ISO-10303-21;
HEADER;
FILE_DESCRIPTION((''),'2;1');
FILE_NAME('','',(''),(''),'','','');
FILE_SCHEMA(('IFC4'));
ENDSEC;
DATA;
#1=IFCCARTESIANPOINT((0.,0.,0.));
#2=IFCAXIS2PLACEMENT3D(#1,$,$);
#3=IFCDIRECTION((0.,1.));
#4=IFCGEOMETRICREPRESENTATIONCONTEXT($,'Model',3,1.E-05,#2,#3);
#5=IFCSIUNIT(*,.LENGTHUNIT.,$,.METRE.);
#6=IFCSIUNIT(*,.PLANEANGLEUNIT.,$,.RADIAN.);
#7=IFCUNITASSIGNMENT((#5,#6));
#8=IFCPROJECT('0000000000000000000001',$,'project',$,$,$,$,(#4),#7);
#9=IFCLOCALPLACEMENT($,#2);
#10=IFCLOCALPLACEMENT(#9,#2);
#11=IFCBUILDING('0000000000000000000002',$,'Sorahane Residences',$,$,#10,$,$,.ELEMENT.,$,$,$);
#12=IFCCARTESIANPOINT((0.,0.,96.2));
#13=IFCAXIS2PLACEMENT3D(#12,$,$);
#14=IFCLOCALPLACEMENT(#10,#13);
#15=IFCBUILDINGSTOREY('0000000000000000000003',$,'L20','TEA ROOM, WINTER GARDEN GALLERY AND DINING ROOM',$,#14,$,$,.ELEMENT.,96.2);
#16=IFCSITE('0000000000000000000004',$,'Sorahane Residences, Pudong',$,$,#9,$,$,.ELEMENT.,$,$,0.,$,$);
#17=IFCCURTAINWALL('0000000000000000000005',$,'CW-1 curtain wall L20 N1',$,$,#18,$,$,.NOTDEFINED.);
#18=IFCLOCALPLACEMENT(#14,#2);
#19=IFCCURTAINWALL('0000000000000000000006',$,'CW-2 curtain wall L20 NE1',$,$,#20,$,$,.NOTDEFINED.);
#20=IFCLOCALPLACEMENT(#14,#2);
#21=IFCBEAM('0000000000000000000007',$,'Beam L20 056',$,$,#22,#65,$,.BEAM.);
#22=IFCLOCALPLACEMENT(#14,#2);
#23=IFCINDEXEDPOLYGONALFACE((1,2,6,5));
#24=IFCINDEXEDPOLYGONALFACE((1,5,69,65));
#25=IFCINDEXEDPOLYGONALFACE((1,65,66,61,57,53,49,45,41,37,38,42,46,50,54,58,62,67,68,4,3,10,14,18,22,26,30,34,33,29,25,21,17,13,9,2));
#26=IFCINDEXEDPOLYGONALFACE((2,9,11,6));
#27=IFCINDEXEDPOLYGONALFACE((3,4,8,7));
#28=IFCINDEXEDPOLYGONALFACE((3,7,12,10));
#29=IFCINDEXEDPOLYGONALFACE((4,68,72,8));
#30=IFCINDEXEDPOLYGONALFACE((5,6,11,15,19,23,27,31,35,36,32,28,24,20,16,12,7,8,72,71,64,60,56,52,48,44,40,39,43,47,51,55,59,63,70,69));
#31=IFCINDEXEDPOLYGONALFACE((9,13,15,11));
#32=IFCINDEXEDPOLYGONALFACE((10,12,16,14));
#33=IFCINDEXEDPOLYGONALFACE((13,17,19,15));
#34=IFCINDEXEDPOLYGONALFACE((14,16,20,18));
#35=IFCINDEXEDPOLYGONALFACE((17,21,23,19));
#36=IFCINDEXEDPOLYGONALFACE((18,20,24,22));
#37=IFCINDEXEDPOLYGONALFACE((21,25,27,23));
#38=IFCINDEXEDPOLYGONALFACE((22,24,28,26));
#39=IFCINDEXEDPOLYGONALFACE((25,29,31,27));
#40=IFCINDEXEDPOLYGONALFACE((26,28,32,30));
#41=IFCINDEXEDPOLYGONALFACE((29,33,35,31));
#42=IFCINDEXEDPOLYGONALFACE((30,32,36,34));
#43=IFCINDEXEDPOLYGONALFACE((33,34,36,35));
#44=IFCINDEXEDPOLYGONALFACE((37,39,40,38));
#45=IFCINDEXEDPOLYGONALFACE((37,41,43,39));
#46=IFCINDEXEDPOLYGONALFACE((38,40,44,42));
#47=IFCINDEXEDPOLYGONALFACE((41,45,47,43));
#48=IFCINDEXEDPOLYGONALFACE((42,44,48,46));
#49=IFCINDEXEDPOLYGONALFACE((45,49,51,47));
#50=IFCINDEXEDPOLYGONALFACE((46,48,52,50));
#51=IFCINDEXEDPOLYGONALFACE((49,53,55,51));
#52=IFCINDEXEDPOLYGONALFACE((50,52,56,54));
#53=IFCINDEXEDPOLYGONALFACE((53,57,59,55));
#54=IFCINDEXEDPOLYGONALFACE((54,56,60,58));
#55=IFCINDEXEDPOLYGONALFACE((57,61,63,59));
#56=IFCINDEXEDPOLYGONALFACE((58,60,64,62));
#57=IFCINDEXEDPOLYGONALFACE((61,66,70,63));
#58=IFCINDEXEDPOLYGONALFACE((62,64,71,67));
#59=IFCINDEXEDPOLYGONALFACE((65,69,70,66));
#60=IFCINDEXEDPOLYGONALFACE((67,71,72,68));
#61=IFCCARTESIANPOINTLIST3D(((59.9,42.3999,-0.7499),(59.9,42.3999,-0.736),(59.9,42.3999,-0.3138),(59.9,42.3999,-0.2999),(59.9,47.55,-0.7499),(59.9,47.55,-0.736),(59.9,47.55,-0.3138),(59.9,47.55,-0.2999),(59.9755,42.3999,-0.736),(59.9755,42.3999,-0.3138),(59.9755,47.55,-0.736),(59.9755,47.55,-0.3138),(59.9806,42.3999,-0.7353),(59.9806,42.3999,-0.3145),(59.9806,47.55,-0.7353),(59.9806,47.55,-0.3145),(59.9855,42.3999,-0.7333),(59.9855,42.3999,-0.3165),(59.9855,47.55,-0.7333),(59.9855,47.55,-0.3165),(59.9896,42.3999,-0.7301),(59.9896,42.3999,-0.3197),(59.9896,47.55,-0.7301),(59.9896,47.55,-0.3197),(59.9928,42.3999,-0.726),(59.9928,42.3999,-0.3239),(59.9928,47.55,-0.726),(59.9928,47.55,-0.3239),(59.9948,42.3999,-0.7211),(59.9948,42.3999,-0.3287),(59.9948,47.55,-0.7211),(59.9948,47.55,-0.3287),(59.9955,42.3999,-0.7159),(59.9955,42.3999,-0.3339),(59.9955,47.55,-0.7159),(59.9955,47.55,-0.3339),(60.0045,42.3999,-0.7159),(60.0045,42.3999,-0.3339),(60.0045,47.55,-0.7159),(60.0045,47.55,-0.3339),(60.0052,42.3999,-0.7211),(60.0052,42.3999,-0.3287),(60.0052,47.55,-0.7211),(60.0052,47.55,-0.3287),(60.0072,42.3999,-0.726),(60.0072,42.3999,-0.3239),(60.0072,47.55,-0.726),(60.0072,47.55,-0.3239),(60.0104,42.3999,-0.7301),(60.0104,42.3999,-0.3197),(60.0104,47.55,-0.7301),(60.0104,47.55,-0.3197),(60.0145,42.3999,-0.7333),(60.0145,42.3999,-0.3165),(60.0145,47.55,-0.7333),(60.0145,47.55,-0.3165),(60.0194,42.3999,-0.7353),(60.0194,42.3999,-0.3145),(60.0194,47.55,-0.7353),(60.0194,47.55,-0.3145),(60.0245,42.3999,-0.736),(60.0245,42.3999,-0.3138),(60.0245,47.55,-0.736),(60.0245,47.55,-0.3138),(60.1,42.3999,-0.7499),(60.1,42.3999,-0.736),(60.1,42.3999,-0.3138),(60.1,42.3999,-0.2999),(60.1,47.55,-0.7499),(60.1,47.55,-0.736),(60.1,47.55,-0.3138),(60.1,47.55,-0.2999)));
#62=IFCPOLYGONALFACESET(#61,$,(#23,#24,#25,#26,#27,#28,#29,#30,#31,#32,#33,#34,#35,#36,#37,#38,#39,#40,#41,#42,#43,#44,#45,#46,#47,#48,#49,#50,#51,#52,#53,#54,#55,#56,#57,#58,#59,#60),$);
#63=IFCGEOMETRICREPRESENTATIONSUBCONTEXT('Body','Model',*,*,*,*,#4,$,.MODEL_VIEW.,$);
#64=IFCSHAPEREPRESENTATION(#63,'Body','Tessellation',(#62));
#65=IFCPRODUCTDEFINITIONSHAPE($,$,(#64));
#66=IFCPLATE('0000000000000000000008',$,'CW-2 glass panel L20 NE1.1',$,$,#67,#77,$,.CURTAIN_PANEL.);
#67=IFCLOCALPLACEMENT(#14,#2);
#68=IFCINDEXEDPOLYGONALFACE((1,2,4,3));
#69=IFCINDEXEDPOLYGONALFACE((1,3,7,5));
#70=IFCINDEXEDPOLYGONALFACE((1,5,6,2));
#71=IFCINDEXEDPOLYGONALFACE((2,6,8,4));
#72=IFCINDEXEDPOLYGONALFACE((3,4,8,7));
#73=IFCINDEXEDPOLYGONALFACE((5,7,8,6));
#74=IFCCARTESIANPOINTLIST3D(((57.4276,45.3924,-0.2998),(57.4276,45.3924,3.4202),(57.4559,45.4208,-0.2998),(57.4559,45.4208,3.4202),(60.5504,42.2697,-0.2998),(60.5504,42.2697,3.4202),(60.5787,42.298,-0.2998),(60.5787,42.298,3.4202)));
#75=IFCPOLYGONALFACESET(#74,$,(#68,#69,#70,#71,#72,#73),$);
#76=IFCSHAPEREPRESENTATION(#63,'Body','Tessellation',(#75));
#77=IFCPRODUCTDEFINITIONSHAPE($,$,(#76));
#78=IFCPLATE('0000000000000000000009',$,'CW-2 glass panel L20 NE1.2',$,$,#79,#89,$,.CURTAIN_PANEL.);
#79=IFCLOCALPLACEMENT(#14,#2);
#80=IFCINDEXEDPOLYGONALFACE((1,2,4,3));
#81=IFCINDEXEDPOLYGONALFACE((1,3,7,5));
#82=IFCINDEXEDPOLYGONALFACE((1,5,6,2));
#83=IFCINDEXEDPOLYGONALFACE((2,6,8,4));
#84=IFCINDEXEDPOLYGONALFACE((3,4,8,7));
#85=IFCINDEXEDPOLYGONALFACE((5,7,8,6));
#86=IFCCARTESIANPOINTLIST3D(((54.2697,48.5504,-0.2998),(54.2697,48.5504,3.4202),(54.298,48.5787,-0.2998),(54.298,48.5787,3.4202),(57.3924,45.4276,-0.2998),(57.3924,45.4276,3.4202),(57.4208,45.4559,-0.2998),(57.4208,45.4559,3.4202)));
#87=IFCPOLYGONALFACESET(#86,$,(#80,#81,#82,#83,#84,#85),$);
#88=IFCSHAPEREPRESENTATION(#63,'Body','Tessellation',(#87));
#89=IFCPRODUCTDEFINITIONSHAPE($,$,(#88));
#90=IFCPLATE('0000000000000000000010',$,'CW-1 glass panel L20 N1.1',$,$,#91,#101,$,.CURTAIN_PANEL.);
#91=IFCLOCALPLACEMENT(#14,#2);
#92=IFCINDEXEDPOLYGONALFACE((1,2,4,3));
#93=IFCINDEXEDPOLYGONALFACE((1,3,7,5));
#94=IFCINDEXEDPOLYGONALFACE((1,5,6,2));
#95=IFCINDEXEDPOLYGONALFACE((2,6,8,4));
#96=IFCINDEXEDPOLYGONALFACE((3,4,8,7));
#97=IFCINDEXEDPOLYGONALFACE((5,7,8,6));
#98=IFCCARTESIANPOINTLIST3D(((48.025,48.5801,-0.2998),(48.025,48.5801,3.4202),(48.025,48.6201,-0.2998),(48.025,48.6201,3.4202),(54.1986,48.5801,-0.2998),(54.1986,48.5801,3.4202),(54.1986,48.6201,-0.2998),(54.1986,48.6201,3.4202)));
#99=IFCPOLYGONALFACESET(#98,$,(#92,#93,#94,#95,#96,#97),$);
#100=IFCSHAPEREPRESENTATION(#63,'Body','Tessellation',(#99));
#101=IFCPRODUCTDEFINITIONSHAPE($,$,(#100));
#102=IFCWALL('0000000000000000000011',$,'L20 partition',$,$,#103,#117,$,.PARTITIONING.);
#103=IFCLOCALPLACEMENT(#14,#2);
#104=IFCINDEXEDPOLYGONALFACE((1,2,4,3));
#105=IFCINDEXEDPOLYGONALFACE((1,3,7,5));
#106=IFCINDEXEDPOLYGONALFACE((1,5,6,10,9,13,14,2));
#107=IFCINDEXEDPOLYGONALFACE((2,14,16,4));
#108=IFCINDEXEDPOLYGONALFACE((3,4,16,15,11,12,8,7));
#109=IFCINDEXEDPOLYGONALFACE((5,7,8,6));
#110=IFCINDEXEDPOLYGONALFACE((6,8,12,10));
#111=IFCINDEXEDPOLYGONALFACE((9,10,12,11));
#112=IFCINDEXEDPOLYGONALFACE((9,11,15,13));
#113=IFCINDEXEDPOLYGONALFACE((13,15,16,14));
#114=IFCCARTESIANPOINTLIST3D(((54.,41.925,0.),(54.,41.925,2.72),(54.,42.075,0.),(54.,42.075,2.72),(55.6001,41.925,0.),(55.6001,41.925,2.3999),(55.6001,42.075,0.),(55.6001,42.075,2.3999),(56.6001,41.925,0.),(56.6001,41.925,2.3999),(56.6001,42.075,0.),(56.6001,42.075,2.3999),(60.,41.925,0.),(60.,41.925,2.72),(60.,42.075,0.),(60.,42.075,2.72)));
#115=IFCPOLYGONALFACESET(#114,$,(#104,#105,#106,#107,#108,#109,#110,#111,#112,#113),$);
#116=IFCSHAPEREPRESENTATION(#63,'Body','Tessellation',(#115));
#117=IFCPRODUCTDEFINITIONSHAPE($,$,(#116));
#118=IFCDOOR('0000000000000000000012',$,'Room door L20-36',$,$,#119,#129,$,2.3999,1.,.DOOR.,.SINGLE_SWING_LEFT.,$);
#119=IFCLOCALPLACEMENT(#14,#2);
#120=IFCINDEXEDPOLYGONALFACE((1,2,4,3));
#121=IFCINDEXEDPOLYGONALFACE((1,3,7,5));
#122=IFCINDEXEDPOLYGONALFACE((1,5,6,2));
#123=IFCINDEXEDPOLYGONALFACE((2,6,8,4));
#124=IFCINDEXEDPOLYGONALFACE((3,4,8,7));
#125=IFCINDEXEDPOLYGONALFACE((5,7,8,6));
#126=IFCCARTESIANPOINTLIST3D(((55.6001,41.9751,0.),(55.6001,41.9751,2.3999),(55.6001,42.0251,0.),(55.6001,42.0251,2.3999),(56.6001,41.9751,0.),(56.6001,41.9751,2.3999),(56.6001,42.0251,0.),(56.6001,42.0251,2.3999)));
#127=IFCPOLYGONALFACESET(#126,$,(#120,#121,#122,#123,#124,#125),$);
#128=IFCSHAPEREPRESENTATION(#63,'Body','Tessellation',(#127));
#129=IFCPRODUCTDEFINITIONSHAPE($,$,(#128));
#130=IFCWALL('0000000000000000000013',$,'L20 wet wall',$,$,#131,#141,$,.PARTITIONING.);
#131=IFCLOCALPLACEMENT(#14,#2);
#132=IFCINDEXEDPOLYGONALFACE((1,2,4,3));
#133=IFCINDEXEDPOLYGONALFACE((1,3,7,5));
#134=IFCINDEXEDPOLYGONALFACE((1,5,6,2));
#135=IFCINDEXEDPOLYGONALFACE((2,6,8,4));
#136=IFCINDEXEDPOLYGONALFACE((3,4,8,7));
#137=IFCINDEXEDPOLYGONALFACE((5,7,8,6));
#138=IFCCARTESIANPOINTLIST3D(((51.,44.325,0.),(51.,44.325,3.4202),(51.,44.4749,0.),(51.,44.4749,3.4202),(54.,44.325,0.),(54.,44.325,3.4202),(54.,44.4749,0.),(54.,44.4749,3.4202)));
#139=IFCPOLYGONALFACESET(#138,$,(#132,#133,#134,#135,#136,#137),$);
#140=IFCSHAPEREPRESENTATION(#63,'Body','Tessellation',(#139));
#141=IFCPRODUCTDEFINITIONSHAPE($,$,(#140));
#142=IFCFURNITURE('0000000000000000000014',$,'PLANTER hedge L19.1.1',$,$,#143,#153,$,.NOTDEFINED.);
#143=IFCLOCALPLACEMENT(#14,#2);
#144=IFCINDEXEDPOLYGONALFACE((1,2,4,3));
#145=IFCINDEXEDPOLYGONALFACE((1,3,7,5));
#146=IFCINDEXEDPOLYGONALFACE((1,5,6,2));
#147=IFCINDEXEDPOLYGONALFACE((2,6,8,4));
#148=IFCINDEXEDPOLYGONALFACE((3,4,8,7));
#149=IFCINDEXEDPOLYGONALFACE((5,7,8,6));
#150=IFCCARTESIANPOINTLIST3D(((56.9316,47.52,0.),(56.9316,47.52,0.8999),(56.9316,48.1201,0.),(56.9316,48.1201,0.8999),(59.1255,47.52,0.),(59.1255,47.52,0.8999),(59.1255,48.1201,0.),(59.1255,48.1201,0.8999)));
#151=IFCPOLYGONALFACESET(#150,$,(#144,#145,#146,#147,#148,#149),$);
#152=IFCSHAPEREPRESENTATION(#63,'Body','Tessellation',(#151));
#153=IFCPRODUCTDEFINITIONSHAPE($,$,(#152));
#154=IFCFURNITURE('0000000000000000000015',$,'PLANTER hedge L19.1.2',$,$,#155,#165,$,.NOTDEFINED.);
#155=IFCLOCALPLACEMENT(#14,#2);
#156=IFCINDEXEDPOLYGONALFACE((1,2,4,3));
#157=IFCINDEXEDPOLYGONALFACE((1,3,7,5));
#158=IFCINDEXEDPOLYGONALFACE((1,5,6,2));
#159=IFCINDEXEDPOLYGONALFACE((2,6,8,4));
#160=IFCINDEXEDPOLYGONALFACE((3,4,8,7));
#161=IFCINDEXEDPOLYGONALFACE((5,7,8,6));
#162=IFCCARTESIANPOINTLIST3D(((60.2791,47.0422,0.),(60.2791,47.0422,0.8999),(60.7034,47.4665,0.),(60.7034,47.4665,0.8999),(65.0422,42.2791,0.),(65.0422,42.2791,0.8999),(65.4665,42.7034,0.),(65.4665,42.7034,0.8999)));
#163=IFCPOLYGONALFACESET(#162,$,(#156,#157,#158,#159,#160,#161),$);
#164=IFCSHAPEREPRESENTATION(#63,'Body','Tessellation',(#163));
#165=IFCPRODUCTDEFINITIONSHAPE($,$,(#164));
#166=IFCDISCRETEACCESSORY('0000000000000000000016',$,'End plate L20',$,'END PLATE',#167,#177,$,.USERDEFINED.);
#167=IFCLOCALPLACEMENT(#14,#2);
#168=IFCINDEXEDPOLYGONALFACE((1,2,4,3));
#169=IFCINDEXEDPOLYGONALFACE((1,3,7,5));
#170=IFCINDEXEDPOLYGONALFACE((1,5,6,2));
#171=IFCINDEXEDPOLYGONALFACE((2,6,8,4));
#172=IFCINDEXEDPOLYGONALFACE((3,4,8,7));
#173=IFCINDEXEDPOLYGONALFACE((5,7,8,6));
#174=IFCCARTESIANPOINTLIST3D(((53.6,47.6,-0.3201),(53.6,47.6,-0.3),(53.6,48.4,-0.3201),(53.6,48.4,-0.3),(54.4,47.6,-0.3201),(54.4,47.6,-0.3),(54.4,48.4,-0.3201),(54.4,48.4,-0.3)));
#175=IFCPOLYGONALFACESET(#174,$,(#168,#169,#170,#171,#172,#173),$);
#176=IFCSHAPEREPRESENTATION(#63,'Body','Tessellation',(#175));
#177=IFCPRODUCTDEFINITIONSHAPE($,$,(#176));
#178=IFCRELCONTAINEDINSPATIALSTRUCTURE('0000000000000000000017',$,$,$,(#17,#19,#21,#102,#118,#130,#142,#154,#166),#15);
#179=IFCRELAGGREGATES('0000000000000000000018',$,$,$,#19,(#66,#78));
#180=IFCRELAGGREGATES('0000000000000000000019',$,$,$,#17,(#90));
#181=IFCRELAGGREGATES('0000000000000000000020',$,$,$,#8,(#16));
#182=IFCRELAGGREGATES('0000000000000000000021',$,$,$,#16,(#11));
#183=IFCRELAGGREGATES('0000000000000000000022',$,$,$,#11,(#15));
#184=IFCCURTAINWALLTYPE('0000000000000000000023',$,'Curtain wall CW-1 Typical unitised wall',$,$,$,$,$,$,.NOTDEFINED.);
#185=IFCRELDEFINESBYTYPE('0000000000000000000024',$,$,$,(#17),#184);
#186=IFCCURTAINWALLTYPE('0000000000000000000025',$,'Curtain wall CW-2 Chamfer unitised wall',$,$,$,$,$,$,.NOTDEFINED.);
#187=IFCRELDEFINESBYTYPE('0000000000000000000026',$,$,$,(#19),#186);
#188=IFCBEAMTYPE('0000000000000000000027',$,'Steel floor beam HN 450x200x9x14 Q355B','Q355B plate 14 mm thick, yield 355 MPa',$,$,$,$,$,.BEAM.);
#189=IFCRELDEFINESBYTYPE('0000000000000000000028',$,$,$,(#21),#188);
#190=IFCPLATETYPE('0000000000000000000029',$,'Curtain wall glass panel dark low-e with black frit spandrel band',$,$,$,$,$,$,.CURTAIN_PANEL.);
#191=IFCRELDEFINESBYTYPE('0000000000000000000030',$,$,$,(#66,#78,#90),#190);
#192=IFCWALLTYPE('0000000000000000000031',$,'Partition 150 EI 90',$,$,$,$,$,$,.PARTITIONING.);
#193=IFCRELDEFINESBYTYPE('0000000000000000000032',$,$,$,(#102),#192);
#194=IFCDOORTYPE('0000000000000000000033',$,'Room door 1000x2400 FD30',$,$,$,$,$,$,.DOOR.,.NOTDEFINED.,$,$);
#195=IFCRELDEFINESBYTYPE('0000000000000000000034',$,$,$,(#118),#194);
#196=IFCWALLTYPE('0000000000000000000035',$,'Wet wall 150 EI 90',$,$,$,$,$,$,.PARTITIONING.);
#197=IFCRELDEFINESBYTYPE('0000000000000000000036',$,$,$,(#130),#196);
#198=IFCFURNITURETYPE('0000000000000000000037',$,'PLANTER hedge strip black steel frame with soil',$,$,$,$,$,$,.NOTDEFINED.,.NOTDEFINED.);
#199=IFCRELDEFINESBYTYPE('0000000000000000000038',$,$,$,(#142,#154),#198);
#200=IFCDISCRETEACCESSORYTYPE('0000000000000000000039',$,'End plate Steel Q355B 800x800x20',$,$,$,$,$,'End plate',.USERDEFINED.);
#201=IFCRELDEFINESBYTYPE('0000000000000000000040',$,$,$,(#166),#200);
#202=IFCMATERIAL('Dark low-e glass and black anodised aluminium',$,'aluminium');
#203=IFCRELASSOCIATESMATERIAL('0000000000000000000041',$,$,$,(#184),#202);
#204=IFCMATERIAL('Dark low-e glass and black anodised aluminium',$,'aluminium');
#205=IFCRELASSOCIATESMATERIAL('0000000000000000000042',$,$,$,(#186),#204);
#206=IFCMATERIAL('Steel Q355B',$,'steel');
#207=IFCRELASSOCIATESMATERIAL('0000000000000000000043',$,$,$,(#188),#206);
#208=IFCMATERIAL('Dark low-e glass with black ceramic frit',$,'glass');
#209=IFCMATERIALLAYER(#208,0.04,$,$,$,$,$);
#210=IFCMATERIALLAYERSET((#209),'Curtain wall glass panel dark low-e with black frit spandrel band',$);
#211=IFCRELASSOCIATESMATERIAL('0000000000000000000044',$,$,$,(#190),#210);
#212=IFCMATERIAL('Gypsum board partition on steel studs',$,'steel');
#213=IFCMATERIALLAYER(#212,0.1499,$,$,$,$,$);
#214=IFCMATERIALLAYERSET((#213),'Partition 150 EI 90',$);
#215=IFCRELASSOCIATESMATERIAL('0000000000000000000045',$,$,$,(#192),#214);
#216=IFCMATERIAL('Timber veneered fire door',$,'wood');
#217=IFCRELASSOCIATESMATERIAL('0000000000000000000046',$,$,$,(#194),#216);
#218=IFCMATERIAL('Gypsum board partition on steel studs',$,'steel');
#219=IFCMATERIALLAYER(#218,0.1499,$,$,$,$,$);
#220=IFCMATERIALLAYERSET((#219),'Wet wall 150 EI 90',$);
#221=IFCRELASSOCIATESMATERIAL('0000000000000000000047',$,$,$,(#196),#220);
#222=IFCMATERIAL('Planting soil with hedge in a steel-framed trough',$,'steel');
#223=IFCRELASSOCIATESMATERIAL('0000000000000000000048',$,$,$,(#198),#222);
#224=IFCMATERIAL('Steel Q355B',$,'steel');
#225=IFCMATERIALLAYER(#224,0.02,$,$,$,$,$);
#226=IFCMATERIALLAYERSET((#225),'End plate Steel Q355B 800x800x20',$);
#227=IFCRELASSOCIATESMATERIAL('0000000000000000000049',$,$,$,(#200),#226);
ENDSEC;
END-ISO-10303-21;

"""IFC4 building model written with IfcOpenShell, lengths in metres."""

from ifc_helpers import new_model, si_unit, direction, frame, frame_2d, origin, origin_2d, place, context, subcontext, project, spatial, rectangle, i_section, extrude, material, layer, layer_set, material_profile, profile_set, type_object, element, fill, aggregate, save


model = new_model("IFC4")

# Units and contexts
model_context = context("Model", 3, precision=1e-05, world=origin(), true_north=direction((0.0, 1.0)))
body_context = subcontext(model_context, "Body", "Model", "MODEL_VIEW")
ifc_project = project(units=[si_unit("LENGTHUNIT", "METRE"), si_unit("PLANEANGLEUNIT", "RADIAN")], contexts=[model_context])

# Site, building, storey
site_placement = place(None, origin())
site = spatial("IfcSite", under=ifc_project, at=site_placement, Name="Sorahane Residences, Pudong", CompositionType="ELEMENT", RefElevation=0.0)
building_placement = place(site_placement, origin())
building = spatial("IfcBuilding", under=site, at=building_placement, Name="Sorahane Residences", CompositionType="ELEMENT")
storey_placement = place(building_placement, frame((0.0, 0.0, 96.2)))
storey = spatial("IfcBuildingStorey", under=building, at=storey_placement, Name="L20", Description="TEA ROOM, WINTER GARDEN GALLERY AND DINING ROOM", CompositionType="ELEMENT", Elevation=96.2)

# Curtain wall
ifc_material_1 = material(Name="Dark low-e glass and black anodised aluminium", Category="aluminium")
curtain_wall_type_1 = type_object("IfcCurtainWallType", Name="Curtain wall CW-1 Typical unitised wall", PredefinedType="NOTDEFINED", material=ifc_material_1)
curtain_wall_1_placement = place(storey_placement, origin())
curtain_wall_1 = element("IfcCurtainWall", 1, at=curtain_wall_1_placement, inside=storey, type_object=curtain_wall_type_1, Name="CW-1 curtain wall L20 N1", PredefinedType="NOTDEFINED")

# Curtain wall
ifc_material_2 = material(Name="Dark low-e glass and black anodised aluminium", Category="aluminium")
curtain_wall_type_2 = type_object("IfcCurtainWallType", Name="Curtain wall CW-2 Chamfer unitised wall", PredefinedType="NOTDEFINED", material=ifc_material_2)
curtain_wall_2_placement = place(storey_placement, origin())
curtain_wall_2 = element("IfcCurtainWall", 2, at=curtain_wall_2_placement, inside=storey, type_object=curtain_wall_type_2, Name="CW-2 curtain wall L20 NE1", PredefinedType="NOTDEFINED")

# Beam
ifc_material_3 = material(Name="Steel Q355B", Category="steel")
ifc_material_profile_1 = material_profile(ifc_material_3, i_section(OverallWidth=0.2, OverallDepth=0.45, WebThickness=0.009, FlangeThickness=0.0139, FilletRadius=0.02, at=origin_2d()), Name="HN 450x200x9x14")
ifc_profile_set_1 = profile_set([ifc_material_profile_1], Name="Steel Q355B")
beam_type = type_object("IfcBeamType", Name="Steel floor beam HN 450x200x9x14 Q355B", Description="Q355B plate 14 mm thick, yield 355 MPa", PredefinedType="BEAM", material=ifc_profile_set_1)
for number, where, z_axis, x_axis, name in (
    (3, (60.0, 42.3999, -0.5249), (0.0, 1.0, 0.0), (-1.0, 0.0, 0.0), "Beam L20 056"),
):
    element("IfcBeam", number, at=place(storey_placement, frame(where, z_axis=z_axis, x_axis=x_axis)), inside=storey, type_object=beam_type, Name=name, PredefinedType="BEAM", context=body_context, shape_type="SweptSolid", body=[
        extrude(i_section(OverallWidth=0.2, OverallDepth=0.45, WebThickness=0.009, FlangeThickness=0.0139, FilletRadius=0.02, at=origin_2d()), origin(), (0.0, 0.0, 1.0), 5.1501),
    ])

# Plates
ifc_material_4 = material(Name="Dark low-e glass with black ceramic frit", Category="glass")
ifc_layer_1 = layer(ifc_material_4, 0.04)
ifc_layer_set_1 = layer_set([ifc_layer_1], Name="Curtain wall glass panel dark low-e with black frit spandrel band")
plate_type = type_object("IfcPlateType", Name="Curtain wall glass panel dark low-e with black frit spandrel band", PredefinedType="CURTAIN_PANEL", material=ifc_layer_set_1)
plate_1_placement = place(storey_placement, frame((59.0032, 43.8452, -0.2998), z_axis=(0.0, 0.0, 1.0), x_axis=(-0.707107, 0.707107, 0.0)))
plate_1 = element("IfcPlate", 4, at=plate_1_placement, type_object=plate_type, Name="CW-2 glass panel L20 NE1.1", PredefinedType="CURTAIN_PANEL", context=body_context, shape_type="SweptSolid", body=[
    extrude(rectangle(XDim=4.4163, YDim=0.04, at=origin_2d()), origin(), (0.0, 0.0, 1.0), 3.72),
])
plate_2_placement = place(storey_placement, frame((55.8452, 47.0032, -0.2998), z_axis=(0.0, 0.0, 1.0), x_axis=(-0.707107, 0.707107, 0.0)))
plate_2 = element("IfcPlate", 5, at=plate_2_placement, type_object=plate_type, Name="CW-2 glass panel L20 NE1.2", PredefinedType="CURTAIN_PANEL", context=body_context, shape_type="SweptSolid", body=[
    extrude(rectangle(XDim=4.4163, YDim=0.04, at=origin_2d()), origin(), (0.0, 0.0, 1.0), 3.72),
])
aggregate(curtain_wall_2, [plate_1, plate_2])
plate_3_placement = place(storey_placement, frame((51.1118, 48.6001, -0.2998), z_axis=(0.0, 0.0, 1.0), x_axis=(-1.0, 0.0, 0.0)))
plate_3 = element("IfcPlate", 6, at=plate_3_placement, type_object=plate_type, Name="CW-1 glass panel L20 N1.1", PredefinedType="CURTAIN_PANEL", context=body_context, shape_type="SweptSolid", body=[
    extrude(rectangle(XDim=6.1736, YDim=0.04, at=origin_2d()), origin(), (0.0, 0.0, 1.0), 3.72),
])
aggregate(curtain_wall_1, [plate_3])

# Wall, opening, door
ifc_material_5 = material(Name="Gypsum board partition on steel studs", Category="steel")
ifc_layer_2 = layer(ifc_material_5, 0.1499)
ifc_layer_set_2 = layer_set([ifc_layer_2], Name="Partition 150 EI 90")
wall_type_1 = type_object("IfcWallType", Name="Partition 150 EI 90", PredefinedType="PARTITIONING", material=ifc_layer_set_2)
ifc_material_6 = material(Name="Timber veneered fire door", Category="wood")
door_type = type_object("IfcDoorType", Name="Room door 1000x2400 FD30", OperationType="NOTDEFINED", PredefinedType="DOOR", material=ifc_material_6)
wall_1_placement = place(storey_placement, frame((54.0, 42.0, 0.0), z_axis=(0.0, 0.0, 1.0), x_axis=(1.0, 0.0, 0.0)))
wall_1 = element("IfcWall", 7, at=wall_1_placement, inside=storey, type_object=wall_type_1, Name="L20 partition", PredefinedType="PARTITIONING", context=body_context, shape_type="SweptSolid", body=[
    extrude(rectangle(XDim=6.0, YDim=0.1499, at=frame_2d((3.0, 0.0))), origin(), (0.0, 0.0, 1.0), 2.72),
])
opening_1_placement = place(wall_1_placement, frame((1.6001, 0.0, 0.0)))
opening_1 = element("IfcOpeningElement", 8, at=opening_1_placement, cuts=wall_1, PredefinedType="OPENING", context=body_context, shape_type="SweptSolid", body=[
    extrude(rectangle(XDim=1.0, YDim=2.3999, at=frame_2d((0.5, 1.2))), frame((0.0, 0.085, 0.0), z_axis=(0.0, -1.0, 0.0), x_axis=(1.0, 0.0, 0.0)), (0.0, 0.0, 1.0), 0.1699),
])
door_1_placement = place(opening_1_placement, frame((1.0, 0.0, 0.0), z_axis=(0.0, 0.0, 1.0), x_axis=(-1.0, 0.0, 0.0)))
door_1 = element("IfcDoor", 9, at=door_1_placement, inside=storey, type_object=door_type, Name="Room door L20-36", OperationType="SINGLE_SWING_LEFT", OverallHeight=2.3999, OverallWidth=1.0, PredefinedType="DOOR", context=body_context, shape_type="SweptSolid", body=[
    extrude(rectangle(XDim=1.0, YDim=2.3999, at=frame_2d((0.5, 1.2))), frame((0.0, 0.0249, 0.0), z_axis=(0.0, -1.0, 0.0), x_axis=(1.0, 0.0, 0.0)), (0.0, 0.0, 1.0), 0.05),
])
fill(opening_1, door_1)

# Wall
ifc_material_7 = material(Name="Gypsum board partition on steel studs", Category="steel")
ifc_layer_3 = layer(ifc_material_7, 0.1499)
ifc_layer_set_3 = layer_set([ifc_layer_3], Name="Wet wall 150 EI 90")
wall_type_2 = type_object("IfcWallType", Name="Wet wall 150 EI 90", PredefinedType="PARTITIONING", material=ifc_layer_set_3)
wall_2_placement = place(storey_placement, frame((51.0, 44.3999, 0.0), z_axis=(0.0, 0.0, 1.0), x_axis=(1.0, 0.0, 0.0)))
element("IfcWall", 10, at=wall_2_placement, inside=storey, type_object=wall_type_2, Name="L20 wet wall", PredefinedType="PARTITIONING", context=body_context, shape_type="SweptSolid", body=[
    extrude(rectangle(XDim=3.0, YDim=0.1499, at=frame_2d((1.5, 0.0))), origin(), (0.0, 0.0, 1.0), 3.4202),
])

# Furniture
ifc_material_8 = material(Name="Planting soil with hedge in a steel-framed trough", Category="steel")
furniture_type = type_object("IfcFurnitureType", Name="PLANTER hedge strip black steel frame with soil", AssemblyPlace="NOTDEFINED", PredefinedType="NOTDEFINED", material=ifc_material_8)
furniture_1_placement = place(storey_placement, frame((58.0286, 47.8201, 0.0), z_axis=(0.0, 0.0, 1.0), x_axis=(1.0, 0.0, 0.0)))
element("IfcFurniture", 11, at=furniture_1_placement, inside=storey, type_object=furniture_type, Name="PLANTER hedge L19.1.1", PredefinedType="NOTDEFINED", context=body_context, shape_type="SweptSolid", body=[
    extrude(rectangle(XDim=2.1938, YDim=0.6001, at=origin_2d()), origin(), (0.0, 0.0, 1.0), 0.8999),
])
furniture_2_placement = place(storey_placement, frame((62.8728, 44.8728, 0.0), z_axis=(0.0, 0.0, 1.0), x_axis=(0.707107, -0.707107, 0.0)))
element("IfcFurniture", 12, at=furniture_2_placement, inside=storey, type_object=furniture_type, Name="PLANTER hedge L19.1.2", PredefinedType="NOTDEFINED", context=body_context, shape_type="SweptSolid", body=[
    extrude(rectangle(XDim=6.7361, YDim=0.6001, at=origin_2d()), origin(), (0.0, 0.0, 1.0), 0.8999),
])

# Discrete accessory
ifc_material_9 = material(Name="Steel Q355B", Category="steel")
ifc_layer_4 = layer(ifc_material_9, 0.02)
ifc_layer_set_4 = layer_set([ifc_layer_4], Name="End plate Steel Q355B 800x800x20")
discrete_accessory_type = type_object("IfcDiscreteAccessoryType", Name="End plate Steel Q355B 800x800x20", ElementType="End plate", PredefinedType="USERDEFINED", material=ifc_layer_set_4)
for number, where, z_axis, x_axis, name in (
    (13, (54.0, 48.0, -0.3201), (0.0, 0.0, 1.0), (1.0, 0.0, 0.0), "End plate L20"),
):
    element("IfcDiscreteAccessory", number, at=place(storey_placement, frame(where, z_axis=z_axis, x_axis=x_axis)), inside=storey, type_object=discrete_accessory_type, Name=name, ObjectType="END PLATE", PredefinedType="USERDEFINED", context=body_context, shape_type="SweptSolid", body=[
        extrude(rectangle(XDim=0.8, YDim=0.8, at=origin_2d()), origin(), (0.0, 0.0, 1.0), 0.02),
    ])

save(model, "model.ifc")
